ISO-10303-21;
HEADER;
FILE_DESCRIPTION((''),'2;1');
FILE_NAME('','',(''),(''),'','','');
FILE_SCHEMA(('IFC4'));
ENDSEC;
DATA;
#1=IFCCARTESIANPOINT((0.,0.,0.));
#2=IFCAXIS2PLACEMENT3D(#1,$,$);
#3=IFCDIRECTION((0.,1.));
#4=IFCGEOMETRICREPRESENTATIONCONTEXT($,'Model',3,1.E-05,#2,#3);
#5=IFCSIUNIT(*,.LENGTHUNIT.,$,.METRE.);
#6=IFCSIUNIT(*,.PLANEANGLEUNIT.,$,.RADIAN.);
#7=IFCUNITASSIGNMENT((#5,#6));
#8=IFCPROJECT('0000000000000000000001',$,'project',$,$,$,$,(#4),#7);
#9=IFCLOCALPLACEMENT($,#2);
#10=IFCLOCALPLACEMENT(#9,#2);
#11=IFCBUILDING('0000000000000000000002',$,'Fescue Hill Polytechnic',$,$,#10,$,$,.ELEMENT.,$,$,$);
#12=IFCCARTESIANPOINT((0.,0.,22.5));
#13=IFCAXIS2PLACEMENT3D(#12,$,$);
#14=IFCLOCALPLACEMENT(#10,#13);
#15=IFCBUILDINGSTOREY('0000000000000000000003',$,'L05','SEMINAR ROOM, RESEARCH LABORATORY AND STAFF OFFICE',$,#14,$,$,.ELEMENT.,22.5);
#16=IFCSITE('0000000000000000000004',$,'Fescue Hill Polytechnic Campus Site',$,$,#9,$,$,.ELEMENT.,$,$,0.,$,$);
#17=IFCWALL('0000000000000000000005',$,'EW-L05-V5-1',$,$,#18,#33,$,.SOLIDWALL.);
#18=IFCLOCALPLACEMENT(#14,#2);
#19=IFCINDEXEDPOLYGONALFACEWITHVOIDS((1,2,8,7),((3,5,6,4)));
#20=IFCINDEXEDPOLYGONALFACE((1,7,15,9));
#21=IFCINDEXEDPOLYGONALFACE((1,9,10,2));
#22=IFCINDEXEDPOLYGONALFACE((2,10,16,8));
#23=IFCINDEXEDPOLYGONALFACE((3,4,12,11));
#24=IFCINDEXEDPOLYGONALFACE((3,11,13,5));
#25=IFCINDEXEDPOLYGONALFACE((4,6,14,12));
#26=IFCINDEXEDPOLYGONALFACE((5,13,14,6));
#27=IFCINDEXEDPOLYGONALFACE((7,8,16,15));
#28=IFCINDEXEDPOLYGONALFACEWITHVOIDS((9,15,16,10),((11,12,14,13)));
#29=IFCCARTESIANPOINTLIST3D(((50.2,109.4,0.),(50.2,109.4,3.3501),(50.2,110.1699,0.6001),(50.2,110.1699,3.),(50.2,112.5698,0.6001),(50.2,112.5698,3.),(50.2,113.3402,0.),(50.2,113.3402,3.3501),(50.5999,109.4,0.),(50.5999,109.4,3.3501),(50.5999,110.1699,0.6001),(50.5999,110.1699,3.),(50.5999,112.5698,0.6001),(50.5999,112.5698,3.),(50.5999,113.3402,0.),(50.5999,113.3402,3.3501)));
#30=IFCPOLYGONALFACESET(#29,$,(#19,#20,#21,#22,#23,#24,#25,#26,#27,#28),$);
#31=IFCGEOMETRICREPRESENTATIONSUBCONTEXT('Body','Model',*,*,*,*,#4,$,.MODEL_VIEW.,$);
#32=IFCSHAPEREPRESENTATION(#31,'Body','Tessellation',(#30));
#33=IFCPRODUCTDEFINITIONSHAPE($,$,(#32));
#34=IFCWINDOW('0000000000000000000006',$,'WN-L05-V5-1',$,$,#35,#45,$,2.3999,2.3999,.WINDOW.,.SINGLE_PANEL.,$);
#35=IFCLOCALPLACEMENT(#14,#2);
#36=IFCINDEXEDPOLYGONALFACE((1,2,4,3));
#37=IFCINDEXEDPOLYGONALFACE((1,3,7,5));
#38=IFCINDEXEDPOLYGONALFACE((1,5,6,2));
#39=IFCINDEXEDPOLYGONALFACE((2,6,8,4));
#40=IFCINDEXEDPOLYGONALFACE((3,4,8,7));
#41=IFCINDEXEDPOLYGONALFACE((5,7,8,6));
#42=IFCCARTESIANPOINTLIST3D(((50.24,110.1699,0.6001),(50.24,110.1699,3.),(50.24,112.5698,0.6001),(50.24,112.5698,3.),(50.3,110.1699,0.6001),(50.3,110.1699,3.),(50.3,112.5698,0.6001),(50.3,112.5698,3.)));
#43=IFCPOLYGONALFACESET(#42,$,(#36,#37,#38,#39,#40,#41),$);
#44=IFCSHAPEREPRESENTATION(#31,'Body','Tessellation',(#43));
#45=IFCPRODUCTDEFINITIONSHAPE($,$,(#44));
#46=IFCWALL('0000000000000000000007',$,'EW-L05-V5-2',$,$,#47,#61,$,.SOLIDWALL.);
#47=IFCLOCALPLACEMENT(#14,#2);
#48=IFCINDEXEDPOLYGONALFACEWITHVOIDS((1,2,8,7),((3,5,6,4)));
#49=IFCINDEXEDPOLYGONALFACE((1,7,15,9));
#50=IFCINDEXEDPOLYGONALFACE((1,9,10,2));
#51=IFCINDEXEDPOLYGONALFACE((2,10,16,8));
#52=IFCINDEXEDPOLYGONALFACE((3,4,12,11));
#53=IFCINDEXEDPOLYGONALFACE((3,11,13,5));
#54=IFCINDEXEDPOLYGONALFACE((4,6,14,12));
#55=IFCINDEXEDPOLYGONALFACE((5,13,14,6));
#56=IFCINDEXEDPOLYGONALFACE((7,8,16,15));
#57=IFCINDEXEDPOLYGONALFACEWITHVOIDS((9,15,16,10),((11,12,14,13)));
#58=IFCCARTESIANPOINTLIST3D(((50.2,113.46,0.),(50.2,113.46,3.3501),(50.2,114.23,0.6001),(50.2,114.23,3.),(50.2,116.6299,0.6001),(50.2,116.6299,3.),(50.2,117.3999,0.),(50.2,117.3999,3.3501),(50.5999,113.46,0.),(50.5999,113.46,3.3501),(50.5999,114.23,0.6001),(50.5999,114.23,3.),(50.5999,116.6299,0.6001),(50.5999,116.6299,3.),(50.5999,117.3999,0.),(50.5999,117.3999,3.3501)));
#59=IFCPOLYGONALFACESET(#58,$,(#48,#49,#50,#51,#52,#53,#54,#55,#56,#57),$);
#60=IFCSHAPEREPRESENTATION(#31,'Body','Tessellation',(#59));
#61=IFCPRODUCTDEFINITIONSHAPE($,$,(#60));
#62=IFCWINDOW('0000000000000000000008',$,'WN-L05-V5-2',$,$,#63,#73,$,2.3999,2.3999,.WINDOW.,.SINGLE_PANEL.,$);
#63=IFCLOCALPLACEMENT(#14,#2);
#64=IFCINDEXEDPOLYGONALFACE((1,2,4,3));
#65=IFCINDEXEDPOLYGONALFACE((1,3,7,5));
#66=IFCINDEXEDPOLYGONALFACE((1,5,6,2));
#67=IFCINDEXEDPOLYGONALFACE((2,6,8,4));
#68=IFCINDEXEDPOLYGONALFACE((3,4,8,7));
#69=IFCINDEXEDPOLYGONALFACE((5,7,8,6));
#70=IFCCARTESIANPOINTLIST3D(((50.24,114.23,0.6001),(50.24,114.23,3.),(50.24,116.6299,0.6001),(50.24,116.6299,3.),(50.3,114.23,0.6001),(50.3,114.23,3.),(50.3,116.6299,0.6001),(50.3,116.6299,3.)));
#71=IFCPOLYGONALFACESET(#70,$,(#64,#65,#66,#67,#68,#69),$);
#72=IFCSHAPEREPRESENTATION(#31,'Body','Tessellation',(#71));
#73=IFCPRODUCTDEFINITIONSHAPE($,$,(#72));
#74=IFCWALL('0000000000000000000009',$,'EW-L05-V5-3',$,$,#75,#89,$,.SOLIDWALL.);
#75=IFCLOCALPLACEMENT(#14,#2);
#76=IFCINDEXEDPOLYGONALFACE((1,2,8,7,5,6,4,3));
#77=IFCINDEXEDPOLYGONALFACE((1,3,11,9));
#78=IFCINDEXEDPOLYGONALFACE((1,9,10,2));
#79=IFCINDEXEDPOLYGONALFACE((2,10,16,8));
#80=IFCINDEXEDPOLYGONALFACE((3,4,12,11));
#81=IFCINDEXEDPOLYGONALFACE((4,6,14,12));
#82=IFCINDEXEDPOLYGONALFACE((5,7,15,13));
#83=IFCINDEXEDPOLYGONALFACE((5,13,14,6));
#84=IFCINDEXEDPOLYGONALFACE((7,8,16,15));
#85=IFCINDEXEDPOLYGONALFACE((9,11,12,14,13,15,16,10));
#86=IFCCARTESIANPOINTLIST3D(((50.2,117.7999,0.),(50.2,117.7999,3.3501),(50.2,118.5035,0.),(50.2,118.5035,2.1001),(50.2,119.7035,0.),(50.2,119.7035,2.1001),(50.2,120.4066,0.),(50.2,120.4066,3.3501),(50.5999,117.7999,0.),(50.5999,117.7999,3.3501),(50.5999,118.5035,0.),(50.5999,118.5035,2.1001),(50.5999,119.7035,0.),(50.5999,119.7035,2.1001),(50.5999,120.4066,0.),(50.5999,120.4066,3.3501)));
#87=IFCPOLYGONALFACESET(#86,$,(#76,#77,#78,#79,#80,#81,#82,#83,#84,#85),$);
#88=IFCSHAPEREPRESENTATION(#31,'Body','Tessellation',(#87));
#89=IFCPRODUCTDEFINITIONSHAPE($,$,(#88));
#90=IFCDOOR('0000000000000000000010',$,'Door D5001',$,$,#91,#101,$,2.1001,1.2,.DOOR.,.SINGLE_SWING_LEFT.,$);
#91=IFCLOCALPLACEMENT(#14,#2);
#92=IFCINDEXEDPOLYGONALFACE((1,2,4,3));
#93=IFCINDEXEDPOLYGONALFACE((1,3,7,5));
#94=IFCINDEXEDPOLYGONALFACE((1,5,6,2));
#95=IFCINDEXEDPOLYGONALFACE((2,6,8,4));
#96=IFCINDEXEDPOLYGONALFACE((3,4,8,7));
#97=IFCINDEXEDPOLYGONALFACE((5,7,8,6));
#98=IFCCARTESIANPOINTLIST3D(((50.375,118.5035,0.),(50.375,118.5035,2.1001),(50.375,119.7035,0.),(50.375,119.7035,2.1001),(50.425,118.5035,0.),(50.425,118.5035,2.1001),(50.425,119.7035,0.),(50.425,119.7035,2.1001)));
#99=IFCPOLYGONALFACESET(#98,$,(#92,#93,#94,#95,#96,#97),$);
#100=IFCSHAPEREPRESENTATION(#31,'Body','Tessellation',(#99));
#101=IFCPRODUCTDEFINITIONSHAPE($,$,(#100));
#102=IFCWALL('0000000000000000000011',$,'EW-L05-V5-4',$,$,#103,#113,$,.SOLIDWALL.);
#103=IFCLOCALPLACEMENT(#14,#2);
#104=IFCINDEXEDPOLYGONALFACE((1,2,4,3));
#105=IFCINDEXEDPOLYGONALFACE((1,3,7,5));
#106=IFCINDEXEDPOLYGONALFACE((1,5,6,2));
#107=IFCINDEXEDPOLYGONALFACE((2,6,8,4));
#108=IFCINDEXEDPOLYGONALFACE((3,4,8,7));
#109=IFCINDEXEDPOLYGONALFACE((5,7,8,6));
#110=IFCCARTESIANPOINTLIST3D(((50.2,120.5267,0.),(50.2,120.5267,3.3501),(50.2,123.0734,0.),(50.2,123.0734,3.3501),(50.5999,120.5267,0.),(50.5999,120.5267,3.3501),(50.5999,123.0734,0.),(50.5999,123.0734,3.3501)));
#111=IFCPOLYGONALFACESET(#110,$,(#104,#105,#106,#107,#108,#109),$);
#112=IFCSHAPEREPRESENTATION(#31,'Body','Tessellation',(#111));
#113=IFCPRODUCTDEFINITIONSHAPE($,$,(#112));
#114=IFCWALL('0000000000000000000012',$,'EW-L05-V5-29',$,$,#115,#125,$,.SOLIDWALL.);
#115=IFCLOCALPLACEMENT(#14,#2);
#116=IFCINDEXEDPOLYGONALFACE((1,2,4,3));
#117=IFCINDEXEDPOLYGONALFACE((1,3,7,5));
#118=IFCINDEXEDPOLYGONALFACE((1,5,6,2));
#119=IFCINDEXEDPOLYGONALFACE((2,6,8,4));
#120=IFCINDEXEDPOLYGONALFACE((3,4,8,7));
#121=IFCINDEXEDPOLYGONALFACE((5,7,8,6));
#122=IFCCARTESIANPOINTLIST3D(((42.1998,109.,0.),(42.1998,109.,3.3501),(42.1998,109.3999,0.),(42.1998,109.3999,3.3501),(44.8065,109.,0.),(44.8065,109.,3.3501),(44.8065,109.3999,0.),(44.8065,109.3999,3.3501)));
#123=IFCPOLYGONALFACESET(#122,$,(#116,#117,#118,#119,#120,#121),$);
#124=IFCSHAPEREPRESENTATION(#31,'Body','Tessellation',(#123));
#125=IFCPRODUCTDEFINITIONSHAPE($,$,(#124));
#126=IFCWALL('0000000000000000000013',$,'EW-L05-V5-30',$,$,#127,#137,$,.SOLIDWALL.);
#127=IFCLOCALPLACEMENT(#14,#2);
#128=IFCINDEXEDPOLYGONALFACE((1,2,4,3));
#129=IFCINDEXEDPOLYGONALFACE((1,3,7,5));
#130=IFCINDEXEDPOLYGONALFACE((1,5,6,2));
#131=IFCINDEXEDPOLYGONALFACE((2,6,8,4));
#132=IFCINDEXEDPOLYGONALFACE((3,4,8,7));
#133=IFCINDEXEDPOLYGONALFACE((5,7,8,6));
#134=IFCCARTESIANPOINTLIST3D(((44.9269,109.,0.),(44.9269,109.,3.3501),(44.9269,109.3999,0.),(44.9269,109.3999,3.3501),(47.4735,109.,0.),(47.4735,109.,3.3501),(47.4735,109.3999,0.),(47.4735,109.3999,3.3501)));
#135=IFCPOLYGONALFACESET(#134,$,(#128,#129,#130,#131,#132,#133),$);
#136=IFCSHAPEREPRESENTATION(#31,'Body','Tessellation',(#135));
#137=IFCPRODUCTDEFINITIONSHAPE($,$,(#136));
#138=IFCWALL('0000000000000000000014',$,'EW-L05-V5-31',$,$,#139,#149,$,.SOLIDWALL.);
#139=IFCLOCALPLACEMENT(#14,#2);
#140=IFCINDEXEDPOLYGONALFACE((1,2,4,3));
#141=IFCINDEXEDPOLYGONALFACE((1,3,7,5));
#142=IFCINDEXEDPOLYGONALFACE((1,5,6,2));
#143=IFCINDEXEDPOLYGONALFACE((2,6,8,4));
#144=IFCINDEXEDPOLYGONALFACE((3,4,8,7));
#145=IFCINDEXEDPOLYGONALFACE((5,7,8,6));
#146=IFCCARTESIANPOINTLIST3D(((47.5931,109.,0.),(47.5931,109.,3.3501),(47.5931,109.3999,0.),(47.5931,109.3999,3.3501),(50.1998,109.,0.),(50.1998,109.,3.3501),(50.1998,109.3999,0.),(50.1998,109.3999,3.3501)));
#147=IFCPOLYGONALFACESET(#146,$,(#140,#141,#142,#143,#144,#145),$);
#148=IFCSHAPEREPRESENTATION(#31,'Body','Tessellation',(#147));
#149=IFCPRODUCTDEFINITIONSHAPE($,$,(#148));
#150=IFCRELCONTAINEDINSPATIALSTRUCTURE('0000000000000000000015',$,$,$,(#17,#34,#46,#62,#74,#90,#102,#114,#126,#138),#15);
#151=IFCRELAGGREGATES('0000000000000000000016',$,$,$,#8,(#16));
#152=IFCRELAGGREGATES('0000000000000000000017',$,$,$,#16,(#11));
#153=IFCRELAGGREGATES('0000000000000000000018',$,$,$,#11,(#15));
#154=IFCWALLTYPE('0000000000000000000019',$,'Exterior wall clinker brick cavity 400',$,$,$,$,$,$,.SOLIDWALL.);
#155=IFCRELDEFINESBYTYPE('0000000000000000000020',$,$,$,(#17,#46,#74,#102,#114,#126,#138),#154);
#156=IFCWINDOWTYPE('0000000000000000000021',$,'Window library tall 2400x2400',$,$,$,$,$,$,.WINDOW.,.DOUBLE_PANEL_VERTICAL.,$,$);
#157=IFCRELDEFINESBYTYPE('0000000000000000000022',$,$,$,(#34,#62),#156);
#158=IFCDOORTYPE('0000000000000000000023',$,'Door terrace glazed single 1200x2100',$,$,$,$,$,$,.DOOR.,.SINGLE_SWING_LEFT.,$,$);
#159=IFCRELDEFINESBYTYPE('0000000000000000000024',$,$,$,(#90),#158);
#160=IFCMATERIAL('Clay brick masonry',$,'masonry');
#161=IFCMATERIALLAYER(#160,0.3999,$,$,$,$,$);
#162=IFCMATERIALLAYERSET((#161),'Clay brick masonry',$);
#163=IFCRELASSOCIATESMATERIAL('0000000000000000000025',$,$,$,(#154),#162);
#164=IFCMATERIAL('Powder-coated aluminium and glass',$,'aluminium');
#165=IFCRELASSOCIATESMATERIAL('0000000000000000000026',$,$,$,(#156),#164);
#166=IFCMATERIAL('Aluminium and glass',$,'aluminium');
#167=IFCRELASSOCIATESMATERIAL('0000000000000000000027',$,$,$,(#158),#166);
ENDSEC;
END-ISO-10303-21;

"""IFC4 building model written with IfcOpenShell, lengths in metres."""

from ifc_helpers import new_model, si_unit, direction, frame, frame_2d, origin, place, context, subcontext, project, spatial, rectangle, extrude, material, layer, layer_set, type_object, element, fill, save


model = new_model("IFC4")

# Units and contexts
model_context = context("Model", 3, precision=1e-05, world=origin(), true_north=direction((0.0, 1.0)))
body_context = subcontext(model_context, "Body", "Model", "MODEL_VIEW")
ifc_project = project(units=[si_unit("LENGTHUNIT", "METRE"), si_unit("PLANEANGLEUNIT", "RADIAN")], contexts=[model_context])

# Site, building, storey
site_placement = place(None, origin())
site = spatial("IfcSite", under=ifc_project, at=site_placement, Name="Fescue Hill Polytechnic Campus Site", CompositionType="ELEMENT", RefElevation=0.0)
building_placement = place(site_placement, origin())
building = spatial("IfcBuilding", under=site, at=building_placement, Name="Fescue Hill Polytechnic", CompositionType="ELEMENT")
storey_placement = place(building_placement, frame((0.0, 0.0, 22.5)))
storey = spatial("IfcBuildingStorey", under=building, at=storey_placement, Name="L05", Description="SEMINAR ROOM, RESEARCH LABORATORY AND STAFF OFFICE", CompositionType="ELEMENT", Elevation=22.5)

# Walls, openings, windows
ifc_material_1 = material(Name="Clay brick masonry", Category="masonry")
ifc_layer_1 = layer(ifc_material_1, 0.3999)
ifc_layer_set_1 = layer_set([ifc_layer_1], Name="Clay brick masonry")
wall_type_1 = type_object("IfcWallType", Name="Exterior wall clinker brick cavity 400", PredefinedType="SOLIDWALL", material=ifc_layer_set_1)
wall_1_placement = place(storey_placement, frame((50.3999, 109.3999, 0.0), z_axis=(0.0, 0.0, 1.0), x_axis=(0.0, 1.0, 0.0)))
wall_1 = element("IfcWall", 1, at=wall_1_placement, inside=storey, type_object=wall_type_1, Name="EW-L05-V5-1", PredefinedType="SOLIDWALL", context=body_context, shape_type="SweptSolid", body=[
    extrude(rectangle(XDim=3.9402, YDim=0.3999, at=frame_2d((1.9702, 0.0))), origin(), (0.0, 0.0, 1.0), 3.3501),
])
opening_1_placement = place(wall_1_placement, frame((0.77, 0.0, 0.6001)))
opening_1 = element("IfcOpeningElement", 2, at=opening_1_placement, cuts=wall_1, PredefinedType="OPENING", context=body_context, shape_type="SweptSolid", body=[
    extrude(rectangle(XDim=2.3999, YDim=2.3999, at=frame_2d((1.2, 1.2))), frame((0.0, 0.21, 0.0), z_axis=(0.0, -1.0, 0.0), x_axis=(1.0, 0.0, 0.0)), (0.0, 0.0, 1.0), 0.4199),
])
ifc_material_2 = material(Name="Powder-coated aluminium and glass", Category="aluminium")
window_type = type_object("IfcWindowType", Name="Window library tall 2400x2400", PartitioningType="DOUBLE_PANEL_VERTICAL", PredefinedType="WINDOW", material=ifc_material_2)
window_1_placement = place(opening_1_placement, origin())
window_1 = element("IfcWindow", 3, at=window_1_placement, inside=storey, type_object=window_type, Name="WN-L05-V5-1", OverallHeight=2.3999, OverallWidth=2.3999, PartitioningType="SINGLE_PANEL", PredefinedType="WINDOW", context=body_context, shape_type="SweptSolid", body=[
    extrude(rectangle(XDim=2.3999, YDim=2.3999, at=frame_2d((1.2, 1.2))), frame((0.0, 0.1599, 0.0), z_axis=(0.0, -1.0, 0.0), x_axis=(1.0, 0.0, 0.0)), (0.0, 0.0, 1.0), 0.0601),
])
fill(opening_1, window_1)
wall_2_placement = place(storey_placement, frame((50.3999, 113.46, 0.0), z_axis=(0.0, 0.0, 1.0), x_axis=(0.0, 1.0, 0.0)))
wall_2 = element("IfcWall", 4, at=wall_2_placement, inside=storey, type_object=wall_type_1, Name="EW-L05-V5-2", PredefinedType="SOLIDWALL", context=body_context, shape_type="SweptSolid", body=[
    extrude(rectangle(XDim=3.9399, YDim=0.3999, at=frame_2d((1.97, 0.0))), origin(), (0.0, 0.0, 1.0), 3.3501),
])
opening_2_placement = place(wall_2_placement, frame((0.77, 0.0, 0.6001)))
opening_2 = element("IfcOpeningElement", 5, at=opening_2_placement, cuts=wall_2, PredefinedType="OPENING", context=body_context, shape_type="SweptSolid", body=[
    extrude(rectangle(XDim=2.3999, YDim=2.3999, at=frame_2d((1.2, 1.2))), frame((0.0, 0.21, 0.0), z_axis=(0.0, -1.0, 0.0), x_axis=(1.0, 0.0, 0.0)), (0.0, 0.0, 1.0), 0.4199),
])
window_2_placement = place(opening_2_placement, origin())
window_2 = element("IfcWindow", 6, at=window_2_placement, inside=storey, type_object=window_type, Name="WN-L05-V5-2", OverallHeight=2.3999, OverallWidth=2.3999, PartitioningType="SINGLE_PANEL", PredefinedType="WINDOW", context=body_context, shape_type="SweptSolid", body=[
    extrude(rectangle(XDim=2.3999, YDim=2.3999, at=frame_2d((1.2, 1.2))), frame((0.0, 0.1599, 0.0), z_axis=(0.0, -1.0, 0.0), x_axis=(1.0, 0.0, 0.0)), (0.0, 0.0, 1.0), 0.0601),
])
fill(opening_2, window_2)

# Wall, opening, door
wall_3_placement = place(storey_placement, frame((50.3999, 117.8, 0.0), z_axis=(0.0, 0.0, 1.0), x_axis=(0.0, 1.0, 0.0)))
wall_3 = element("IfcWall", 7, at=wall_3_placement, inside=storey, type_object=wall_type_1, Name="EW-L05-V5-3", PredefinedType="SOLIDWALL", context=body_context, shape_type="SweptSolid", body=[
    extrude(rectangle(XDim=2.6067, YDim=0.3999, at=frame_2d((1.3032, 0.0))), origin(), (0.0, 0.0, 1.0), 3.3501),
])
opening_3_placement = place(wall_3_placement, frame((0.7034, 0.0, 0.0)))
opening_3 = element("IfcOpeningElement", 8, at=opening_3_placement, cuts=wall_3, PredefinedType="OPENING", context=body_context, shape_type="SweptSolid", body=[
    extrude(rectangle(XDim=1.2, YDim=2.1001, at=frame_2d((0.6001, 1.05))), frame((0.0, 0.21, 0.0), z_axis=(0.0, -1.0, 0.0), x_axis=(1.0, 0.0, 0.0)), (0.0, 0.0, 1.0), 0.4199),
])
ifc_material_3 = material(Name="Aluminium and glass", Category="aluminium")
door_type_1 = type_object("IfcDoorType", Name="Door terrace glazed single 1200x2100", OperationType="SINGLE_SWING_LEFT", PredefinedType="DOOR", material=ifc_material_3)
door_1_placement = place(opening_3_placement, origin())
door_1 = element("IfcDoor", 9, at=door_1_placement, inside=storey, type_object=door_type_1, Name="Door D5001", OperationType="SINGLE_SWING_LEFT", OverallHeight=2.1001, OverallWidth=1.2, PredefinedType="DOOR", context=body_context, shape_type="SweptSolid", body=[
    extrude(rectangle(XDim=1.2, YDim=2.1001, at=frame_2d((0.6001, 1.05))), frame((0.0, 0.0249, 0.0), z_axis=(0.0, -1.0, 0.0), x_axis=(1.0, 0.0, 0.0)), (0.0, 0.0, 1.0), 0.05),
])
fill(opening_3, door_1)

# Walls
wall_4_placement = place(storey_placement, frame((50.3999, 120.5266, 0.0), z_axis=(0.0, 0.0, 1.0), x_axis=(0.0, 1.0, 0.0)))
element("IfcWall", 10, at=wall_4_placement, inside=storey, type_object=wall_type_1, Name="EW-L05-V5-4", PredefinedType="SOLIDWALL", context=body_context, shape_type="SweptSolid", body=[
    extrude(rectangle(XDim=2.5466, YDim=0.3999, at=frame_2d((1.2734, 0.0))), origin(), (0.0, 0.0, 1.0), 3.3501),
])
wall_5_placement = place(storey_placement, frame((42.2, 109.2, 0.0), z_axis=(0.0, 0.0, 1.0), x_axis=(1.0, 0.0, 0.0)))
element("IfcWall", 11, at=wall_5_placement, inside=storey, type_object=wall_type_1, Name="EW-L05-V5-29", PredefinedType="SOLIDWALL", context=body_context, shape_type="SweptSolid", body=[
    extrude(rectangle(XDim=2.6067, YDim=0.3999, at=frame_2d((1.3032, 0.0))), origin(), (0.0, 0.0, 1.0), 3.3501),
])
wall_6_placement = place(storey_placement, frame((44.9268, 109.2, 0.0), z_axis=(0.0, 0.0, 1.0), x_axis=(1.0, 0.0, 0.0)))
element("IfcWall", 12, at=wall_6_placement, inside=storey, type_object=wall_type_1, Name="EW-L05-V5-30", PredefinedType="SOLIDWALL", context=body_context, shape_type="SweptSolid", body=[
    extrude(rectangle(XDim=2.5466, YDim=0.3999, at=frame_2d((1.2734, 0.0))), origin(), (0.0, 0.0, 1.0), 3.3501),
])
wall_7_placement = place(storey_placement, frame((47.5933, 109.2, 0.0), z_axis=(0.0, 0.0, 1.0), x_axis=(1.0, 0.0, 0.0)))
element("IfcWall", 13, at=wall_7_placement, inside=storey, type_object=wall_type_1, Name="EW-L05-V5-31", PredefinedType="SOLIDWALL", context=body_context, shape_type="SweptSolid", body=[
    extrude(rectangle(XDim=2.6067, YDim=0.3999, at=frame_2d((1.3032, 0.0))), origin(), (0.0, 0.0, 1.0), 3.3501),
])

save(model, "model.ifc")
